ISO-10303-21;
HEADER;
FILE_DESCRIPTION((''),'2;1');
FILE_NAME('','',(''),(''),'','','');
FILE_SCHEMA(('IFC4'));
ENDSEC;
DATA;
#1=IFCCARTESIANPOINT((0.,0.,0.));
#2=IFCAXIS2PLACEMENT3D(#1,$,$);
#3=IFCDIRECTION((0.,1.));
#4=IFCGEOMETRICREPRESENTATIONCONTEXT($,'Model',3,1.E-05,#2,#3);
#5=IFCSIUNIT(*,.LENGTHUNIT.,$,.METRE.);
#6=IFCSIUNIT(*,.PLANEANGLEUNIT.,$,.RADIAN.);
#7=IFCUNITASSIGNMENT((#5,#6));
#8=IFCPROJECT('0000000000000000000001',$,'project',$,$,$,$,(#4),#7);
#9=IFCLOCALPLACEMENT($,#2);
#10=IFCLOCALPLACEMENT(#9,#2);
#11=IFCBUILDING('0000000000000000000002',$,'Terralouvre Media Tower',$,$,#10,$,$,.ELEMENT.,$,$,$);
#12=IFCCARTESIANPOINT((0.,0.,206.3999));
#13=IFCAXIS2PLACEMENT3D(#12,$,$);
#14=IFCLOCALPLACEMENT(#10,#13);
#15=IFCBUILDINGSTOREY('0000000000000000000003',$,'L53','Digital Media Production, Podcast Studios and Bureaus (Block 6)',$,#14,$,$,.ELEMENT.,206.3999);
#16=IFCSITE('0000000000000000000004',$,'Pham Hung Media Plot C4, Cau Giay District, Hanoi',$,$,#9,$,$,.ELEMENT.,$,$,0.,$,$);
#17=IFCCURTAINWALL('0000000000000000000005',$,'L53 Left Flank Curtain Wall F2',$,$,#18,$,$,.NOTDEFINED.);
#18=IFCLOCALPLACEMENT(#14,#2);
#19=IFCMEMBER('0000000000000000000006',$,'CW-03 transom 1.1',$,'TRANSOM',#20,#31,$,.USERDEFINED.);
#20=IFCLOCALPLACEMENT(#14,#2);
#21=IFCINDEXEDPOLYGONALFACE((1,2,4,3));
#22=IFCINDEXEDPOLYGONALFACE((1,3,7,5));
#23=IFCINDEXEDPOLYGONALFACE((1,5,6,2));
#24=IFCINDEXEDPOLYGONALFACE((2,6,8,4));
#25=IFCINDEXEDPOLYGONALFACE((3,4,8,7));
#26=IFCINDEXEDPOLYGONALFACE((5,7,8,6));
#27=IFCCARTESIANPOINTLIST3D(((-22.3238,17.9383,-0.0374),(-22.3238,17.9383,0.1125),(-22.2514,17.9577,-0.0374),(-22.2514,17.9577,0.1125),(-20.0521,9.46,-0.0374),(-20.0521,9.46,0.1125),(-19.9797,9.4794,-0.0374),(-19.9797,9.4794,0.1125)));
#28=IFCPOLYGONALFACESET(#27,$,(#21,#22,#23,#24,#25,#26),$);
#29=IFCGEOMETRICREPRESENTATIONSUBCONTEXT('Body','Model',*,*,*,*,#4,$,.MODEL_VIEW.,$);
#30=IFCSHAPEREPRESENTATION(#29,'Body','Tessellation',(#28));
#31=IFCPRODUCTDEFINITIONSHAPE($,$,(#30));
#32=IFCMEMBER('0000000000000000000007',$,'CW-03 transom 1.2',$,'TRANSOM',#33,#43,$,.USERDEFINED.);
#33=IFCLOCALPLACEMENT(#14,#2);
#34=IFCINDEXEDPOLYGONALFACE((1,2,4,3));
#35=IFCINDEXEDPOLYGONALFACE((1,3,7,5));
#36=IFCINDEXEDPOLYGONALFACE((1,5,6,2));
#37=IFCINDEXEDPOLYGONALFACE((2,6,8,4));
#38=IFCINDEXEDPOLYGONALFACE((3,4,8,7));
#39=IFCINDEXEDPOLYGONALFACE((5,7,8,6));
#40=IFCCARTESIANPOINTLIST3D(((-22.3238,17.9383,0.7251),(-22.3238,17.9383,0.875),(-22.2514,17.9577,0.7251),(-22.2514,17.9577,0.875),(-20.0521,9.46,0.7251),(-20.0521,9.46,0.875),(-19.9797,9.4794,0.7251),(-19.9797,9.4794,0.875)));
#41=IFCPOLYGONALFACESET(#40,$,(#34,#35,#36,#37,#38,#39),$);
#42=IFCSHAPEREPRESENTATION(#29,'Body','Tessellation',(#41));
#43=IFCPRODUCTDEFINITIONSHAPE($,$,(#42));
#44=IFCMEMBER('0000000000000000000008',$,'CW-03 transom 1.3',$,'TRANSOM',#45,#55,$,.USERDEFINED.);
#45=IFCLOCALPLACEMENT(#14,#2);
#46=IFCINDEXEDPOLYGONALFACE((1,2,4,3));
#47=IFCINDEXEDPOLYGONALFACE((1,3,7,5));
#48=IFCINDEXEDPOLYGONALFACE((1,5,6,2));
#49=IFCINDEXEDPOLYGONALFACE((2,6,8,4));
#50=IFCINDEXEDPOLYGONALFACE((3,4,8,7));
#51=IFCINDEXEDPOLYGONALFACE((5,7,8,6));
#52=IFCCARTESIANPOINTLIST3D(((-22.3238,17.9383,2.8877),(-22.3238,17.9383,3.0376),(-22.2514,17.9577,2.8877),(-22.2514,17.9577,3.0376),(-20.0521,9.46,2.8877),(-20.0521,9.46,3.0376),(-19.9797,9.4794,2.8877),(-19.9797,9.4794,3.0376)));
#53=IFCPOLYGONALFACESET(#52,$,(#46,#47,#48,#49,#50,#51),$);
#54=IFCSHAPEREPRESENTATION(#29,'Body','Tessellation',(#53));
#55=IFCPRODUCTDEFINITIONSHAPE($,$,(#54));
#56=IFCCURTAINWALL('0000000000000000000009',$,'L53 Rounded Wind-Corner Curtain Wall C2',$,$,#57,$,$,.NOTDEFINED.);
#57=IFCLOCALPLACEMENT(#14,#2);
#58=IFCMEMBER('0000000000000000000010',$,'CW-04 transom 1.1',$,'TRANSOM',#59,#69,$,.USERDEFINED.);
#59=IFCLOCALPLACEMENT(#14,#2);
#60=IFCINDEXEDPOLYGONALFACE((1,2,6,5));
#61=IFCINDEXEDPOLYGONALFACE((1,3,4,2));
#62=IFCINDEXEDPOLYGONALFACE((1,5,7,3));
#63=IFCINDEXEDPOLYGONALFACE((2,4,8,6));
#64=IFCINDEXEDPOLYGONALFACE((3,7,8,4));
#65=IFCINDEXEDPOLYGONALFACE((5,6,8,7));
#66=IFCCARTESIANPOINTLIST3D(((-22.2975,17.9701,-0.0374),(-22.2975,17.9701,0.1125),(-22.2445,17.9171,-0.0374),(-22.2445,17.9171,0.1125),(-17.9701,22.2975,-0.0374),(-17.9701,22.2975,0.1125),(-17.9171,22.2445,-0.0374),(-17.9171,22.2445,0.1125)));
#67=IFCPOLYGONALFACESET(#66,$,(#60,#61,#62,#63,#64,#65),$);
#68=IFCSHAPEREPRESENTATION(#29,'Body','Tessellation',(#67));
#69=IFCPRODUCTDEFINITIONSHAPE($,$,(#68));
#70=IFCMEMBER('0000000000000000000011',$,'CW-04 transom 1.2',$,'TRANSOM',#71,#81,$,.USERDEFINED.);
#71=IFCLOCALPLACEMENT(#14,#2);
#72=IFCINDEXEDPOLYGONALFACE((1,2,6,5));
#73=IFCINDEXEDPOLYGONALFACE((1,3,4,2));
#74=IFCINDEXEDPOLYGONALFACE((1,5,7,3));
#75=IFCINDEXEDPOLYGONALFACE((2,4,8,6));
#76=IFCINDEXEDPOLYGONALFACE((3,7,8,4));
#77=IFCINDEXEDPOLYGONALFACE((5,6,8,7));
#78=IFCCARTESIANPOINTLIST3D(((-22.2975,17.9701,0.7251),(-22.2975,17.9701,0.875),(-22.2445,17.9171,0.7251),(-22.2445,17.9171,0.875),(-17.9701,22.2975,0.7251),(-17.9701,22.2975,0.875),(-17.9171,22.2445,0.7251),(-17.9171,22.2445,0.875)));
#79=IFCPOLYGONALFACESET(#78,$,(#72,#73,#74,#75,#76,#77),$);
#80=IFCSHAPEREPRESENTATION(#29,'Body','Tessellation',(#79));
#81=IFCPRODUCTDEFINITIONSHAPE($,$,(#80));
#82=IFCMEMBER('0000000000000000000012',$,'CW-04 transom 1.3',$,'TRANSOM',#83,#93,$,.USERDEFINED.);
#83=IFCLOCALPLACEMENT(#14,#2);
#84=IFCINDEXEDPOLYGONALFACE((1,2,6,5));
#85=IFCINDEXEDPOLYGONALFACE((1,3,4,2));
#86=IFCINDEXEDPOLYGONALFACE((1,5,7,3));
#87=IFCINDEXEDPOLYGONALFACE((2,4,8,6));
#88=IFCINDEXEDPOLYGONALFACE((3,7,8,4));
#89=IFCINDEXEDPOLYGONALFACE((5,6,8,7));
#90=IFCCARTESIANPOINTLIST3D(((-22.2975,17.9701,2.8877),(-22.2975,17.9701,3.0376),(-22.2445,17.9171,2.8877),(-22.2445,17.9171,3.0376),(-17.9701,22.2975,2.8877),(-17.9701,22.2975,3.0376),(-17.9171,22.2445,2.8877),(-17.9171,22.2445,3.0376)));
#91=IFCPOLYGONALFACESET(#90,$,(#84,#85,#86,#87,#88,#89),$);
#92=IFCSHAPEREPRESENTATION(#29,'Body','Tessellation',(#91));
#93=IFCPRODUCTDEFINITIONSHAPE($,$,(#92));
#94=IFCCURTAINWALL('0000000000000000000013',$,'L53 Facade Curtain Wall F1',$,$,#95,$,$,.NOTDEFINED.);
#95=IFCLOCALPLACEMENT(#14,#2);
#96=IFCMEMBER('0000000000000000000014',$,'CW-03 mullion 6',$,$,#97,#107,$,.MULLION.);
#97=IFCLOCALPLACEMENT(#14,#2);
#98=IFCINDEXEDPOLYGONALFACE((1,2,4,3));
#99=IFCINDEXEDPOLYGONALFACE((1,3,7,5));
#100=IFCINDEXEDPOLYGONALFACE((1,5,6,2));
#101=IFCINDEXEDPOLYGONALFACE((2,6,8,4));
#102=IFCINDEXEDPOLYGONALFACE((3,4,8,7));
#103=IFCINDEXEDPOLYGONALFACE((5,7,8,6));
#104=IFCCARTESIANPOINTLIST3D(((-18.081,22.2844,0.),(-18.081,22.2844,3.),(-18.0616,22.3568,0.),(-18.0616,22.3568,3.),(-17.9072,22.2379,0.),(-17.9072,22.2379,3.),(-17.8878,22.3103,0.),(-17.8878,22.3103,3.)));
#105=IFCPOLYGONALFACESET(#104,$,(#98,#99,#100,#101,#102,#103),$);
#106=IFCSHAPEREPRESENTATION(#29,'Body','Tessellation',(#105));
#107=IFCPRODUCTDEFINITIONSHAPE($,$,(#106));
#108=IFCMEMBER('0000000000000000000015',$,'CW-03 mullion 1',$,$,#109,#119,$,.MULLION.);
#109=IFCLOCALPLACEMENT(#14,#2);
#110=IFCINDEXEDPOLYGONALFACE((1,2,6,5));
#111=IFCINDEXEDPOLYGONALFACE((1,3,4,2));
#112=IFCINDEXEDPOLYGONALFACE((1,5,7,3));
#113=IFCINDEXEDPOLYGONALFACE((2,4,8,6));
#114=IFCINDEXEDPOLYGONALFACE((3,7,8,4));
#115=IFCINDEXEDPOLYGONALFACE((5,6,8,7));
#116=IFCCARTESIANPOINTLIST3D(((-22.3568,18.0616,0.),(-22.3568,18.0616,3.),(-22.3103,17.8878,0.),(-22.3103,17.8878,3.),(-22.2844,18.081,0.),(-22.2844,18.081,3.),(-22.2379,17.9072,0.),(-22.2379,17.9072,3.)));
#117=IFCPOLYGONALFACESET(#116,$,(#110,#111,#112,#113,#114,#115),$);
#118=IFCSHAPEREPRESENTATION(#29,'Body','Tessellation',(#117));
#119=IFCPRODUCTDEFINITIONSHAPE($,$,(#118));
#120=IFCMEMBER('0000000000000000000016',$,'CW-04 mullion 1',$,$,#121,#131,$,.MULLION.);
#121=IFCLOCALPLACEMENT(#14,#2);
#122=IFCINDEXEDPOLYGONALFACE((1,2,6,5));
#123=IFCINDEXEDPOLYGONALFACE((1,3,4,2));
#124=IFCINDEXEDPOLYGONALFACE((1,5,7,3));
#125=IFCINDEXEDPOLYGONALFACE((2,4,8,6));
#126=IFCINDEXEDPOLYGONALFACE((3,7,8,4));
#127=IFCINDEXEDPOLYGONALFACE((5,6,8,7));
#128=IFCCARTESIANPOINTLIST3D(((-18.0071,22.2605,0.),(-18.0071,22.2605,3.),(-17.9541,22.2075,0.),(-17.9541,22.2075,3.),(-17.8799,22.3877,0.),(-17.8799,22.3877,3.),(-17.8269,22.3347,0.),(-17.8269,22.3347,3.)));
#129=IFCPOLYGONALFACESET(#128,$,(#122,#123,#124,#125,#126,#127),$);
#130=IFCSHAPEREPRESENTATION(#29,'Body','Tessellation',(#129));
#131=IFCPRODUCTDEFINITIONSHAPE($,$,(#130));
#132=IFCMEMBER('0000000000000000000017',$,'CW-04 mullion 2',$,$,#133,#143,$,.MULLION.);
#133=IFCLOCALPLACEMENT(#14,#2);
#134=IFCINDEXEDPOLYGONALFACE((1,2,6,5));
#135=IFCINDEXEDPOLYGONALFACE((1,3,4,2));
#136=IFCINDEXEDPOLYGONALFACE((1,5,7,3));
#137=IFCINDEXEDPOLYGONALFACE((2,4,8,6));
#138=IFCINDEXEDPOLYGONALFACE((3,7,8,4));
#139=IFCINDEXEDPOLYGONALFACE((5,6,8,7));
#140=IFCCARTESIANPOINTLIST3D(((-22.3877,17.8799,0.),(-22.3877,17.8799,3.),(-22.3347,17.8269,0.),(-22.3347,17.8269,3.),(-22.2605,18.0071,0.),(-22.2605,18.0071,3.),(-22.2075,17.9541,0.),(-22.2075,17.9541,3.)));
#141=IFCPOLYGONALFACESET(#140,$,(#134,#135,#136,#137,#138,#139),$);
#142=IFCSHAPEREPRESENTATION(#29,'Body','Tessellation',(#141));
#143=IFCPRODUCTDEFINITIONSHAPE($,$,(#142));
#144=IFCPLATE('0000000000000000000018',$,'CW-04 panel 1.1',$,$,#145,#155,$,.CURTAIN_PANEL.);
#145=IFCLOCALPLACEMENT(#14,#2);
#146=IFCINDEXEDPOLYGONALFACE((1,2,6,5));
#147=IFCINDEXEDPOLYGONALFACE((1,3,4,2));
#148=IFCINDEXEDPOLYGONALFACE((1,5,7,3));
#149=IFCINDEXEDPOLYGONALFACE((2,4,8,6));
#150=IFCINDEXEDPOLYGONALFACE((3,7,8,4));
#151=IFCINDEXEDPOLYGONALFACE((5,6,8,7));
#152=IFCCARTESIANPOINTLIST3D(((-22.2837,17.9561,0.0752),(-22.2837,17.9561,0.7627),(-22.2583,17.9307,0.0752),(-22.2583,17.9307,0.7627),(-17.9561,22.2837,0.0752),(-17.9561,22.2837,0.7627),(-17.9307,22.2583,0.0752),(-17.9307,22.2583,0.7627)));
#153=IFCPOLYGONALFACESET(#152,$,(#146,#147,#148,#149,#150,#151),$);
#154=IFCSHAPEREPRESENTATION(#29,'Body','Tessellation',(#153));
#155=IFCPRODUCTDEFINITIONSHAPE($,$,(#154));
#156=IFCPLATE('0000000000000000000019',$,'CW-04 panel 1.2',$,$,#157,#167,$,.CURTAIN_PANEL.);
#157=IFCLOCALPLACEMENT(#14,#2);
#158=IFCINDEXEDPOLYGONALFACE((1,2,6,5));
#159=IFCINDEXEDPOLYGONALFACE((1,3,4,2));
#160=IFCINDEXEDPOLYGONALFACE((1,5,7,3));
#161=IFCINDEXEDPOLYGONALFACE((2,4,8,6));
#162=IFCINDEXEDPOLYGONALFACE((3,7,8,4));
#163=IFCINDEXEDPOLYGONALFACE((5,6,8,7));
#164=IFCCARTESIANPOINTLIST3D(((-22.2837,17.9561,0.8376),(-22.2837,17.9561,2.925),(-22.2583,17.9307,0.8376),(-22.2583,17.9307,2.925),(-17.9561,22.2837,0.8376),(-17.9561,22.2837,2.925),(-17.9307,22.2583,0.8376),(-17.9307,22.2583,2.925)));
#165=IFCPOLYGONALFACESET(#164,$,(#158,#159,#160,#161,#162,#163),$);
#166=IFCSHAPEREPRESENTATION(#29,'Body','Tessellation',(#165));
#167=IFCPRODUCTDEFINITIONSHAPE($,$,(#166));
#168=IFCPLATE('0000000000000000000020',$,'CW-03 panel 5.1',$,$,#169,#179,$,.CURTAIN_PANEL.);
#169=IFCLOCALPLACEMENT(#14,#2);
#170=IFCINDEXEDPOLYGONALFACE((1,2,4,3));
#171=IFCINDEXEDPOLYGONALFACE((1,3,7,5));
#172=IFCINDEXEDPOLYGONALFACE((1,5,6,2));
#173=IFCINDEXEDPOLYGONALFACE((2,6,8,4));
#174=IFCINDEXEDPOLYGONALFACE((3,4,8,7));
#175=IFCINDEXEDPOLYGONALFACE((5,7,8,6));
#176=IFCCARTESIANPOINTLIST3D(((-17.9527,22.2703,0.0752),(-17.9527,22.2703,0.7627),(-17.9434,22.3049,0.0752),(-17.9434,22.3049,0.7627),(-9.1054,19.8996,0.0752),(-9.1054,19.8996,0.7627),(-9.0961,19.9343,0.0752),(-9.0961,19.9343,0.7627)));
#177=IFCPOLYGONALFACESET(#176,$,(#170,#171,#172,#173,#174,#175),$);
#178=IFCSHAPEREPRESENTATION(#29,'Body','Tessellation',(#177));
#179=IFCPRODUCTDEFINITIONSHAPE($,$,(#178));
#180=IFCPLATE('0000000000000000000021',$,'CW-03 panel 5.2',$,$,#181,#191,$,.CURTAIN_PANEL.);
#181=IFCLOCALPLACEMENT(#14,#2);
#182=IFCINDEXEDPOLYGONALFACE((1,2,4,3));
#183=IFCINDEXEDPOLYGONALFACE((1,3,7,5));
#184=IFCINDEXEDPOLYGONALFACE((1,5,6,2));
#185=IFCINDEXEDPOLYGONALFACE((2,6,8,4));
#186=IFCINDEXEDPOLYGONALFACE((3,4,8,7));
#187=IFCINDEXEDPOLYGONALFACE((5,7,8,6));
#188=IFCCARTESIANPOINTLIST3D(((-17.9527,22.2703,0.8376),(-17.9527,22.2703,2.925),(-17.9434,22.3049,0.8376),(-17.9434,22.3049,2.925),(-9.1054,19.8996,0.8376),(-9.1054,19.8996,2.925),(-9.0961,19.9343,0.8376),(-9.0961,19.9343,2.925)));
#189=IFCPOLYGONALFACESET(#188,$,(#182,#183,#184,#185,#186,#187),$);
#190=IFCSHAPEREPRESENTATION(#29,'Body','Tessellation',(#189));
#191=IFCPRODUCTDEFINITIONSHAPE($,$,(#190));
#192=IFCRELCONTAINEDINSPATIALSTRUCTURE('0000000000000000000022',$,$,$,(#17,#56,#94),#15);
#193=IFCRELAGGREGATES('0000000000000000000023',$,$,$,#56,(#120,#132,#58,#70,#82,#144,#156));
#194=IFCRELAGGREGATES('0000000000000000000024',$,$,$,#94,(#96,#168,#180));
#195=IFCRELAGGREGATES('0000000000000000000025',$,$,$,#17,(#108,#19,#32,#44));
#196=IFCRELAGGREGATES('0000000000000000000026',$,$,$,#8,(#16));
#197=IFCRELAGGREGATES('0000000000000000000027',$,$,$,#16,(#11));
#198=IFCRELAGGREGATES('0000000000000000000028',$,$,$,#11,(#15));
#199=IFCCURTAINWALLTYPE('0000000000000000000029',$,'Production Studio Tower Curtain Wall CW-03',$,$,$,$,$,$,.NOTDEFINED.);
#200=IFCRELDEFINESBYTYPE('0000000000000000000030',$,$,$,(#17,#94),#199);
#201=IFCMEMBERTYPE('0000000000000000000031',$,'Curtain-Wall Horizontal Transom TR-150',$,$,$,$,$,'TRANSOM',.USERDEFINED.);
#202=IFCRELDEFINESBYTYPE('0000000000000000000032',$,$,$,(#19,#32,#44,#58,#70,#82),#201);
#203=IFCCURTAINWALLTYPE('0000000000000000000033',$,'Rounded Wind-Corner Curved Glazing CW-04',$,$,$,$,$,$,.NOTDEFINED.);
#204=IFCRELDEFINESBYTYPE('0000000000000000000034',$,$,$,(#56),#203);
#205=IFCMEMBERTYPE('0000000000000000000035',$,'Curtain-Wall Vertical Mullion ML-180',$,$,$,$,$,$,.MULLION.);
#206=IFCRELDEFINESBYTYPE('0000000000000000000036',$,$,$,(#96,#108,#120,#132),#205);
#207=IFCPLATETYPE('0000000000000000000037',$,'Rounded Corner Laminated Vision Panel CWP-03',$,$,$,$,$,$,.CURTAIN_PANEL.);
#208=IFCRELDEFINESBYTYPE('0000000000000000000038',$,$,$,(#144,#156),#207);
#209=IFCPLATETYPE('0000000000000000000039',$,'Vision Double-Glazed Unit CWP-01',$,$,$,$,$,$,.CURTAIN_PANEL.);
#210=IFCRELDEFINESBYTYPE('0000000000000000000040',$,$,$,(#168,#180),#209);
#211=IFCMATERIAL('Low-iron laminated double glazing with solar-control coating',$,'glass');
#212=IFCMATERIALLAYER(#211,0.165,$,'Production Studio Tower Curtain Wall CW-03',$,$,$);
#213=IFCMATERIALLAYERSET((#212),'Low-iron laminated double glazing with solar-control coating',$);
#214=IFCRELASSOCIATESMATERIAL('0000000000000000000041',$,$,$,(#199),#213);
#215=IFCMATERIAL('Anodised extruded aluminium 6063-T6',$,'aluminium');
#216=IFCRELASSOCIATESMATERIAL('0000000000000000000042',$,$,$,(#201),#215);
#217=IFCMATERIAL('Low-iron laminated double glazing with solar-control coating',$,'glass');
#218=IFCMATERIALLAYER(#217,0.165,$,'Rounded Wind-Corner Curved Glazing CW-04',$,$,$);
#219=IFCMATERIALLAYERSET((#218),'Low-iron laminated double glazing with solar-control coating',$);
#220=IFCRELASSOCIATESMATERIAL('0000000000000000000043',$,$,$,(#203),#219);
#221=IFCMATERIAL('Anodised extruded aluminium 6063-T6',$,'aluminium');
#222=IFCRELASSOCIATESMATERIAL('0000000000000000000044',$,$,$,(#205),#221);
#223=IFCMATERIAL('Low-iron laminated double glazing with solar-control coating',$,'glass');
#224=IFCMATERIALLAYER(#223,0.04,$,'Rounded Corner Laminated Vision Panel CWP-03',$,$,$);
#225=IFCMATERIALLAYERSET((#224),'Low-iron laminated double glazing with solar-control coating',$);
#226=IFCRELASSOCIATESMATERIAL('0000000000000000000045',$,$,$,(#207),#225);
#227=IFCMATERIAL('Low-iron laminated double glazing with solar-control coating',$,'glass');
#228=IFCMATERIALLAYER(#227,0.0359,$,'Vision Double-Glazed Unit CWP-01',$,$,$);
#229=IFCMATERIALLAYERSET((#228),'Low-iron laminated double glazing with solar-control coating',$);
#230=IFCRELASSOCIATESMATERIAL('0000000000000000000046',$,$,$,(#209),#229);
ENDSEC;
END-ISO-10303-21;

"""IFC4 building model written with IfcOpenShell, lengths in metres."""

from ifc_helpers import new_model, si_unit, direction, frame, origin, origin_2d, place, context, subcontext, project, spatial, rectangle, extrude, material, layer, layer_set, material_profile, profile_set, type_object, element, aggregate, save


model = new_model("IFC4")

# Units and contexts
model_context = context("Model", 3, precision=1e-05, world=origin(), true_north=direction((0.0, 1.0)))
body_context = subcontext(model_context, "Body", "Model", "MODEL_VIEW")
ifc_project = project(units=[si_unit("LENGTHUNIT", "METRE"), si_unit("PLANEANGLEUNIT", "RADIAN")], contexts=[model_context])

# Site, building, storey
site_placement = place(None, origin())
site = spatial("IfcSite", under=ifc_project, at=site_placement, Name="Pham Hung Media Plot C4, Cau Giay District, Hanoi", CompositionType="ELEMENT", RefElevation=0.0)
building_placement = place(site_placement, origin())
building = spatial("IfcBuilding", under=site, at=building_placement, Name="Terralouvre Media Tower", CompositionType="ELEMENT")
storey_placement = place(building_placement, frame((0.0, 0.0, 206.3999)))
storey = spatial("IfcBuildingStorey", under=building, at=storey_placement, Name="L53", Description="Digital Media Production, Podcast Studios and Bureaus (Block 6)", CompositionType="ELEMENT", Elevation=206.3999)

# Curtain walls, members
ifc_material_1 = material(Name="Low-iron laminated double glazing with solar-control coating", Category="glass")
ifc_layer_1 = layer(ifc_material_1, 0.165, Name="Production Studio Tower Curtain Wall CW-03")
ifc_layer_set_1 = layer_set([ifc_layer_1], Name="Low-iron laminated double glazing with solar-control coating")
curtain_wall_type_1 = type_object("IfcCurtainWallType", Name="Production Studio Tower Curtain Wall CW-03", PredefinedType="NOTDEFINED", material=ifc_layer_set_1)
curtain_wall_1_placement = place(storey_placement, origin())
curtain_wall_1 = element("IfcCurtainWall", 1, at=curtain_wall_1_placement, inside=storey, type_object=curtain_wall_type_1, Name="L53 Left Flank Curtain Wall F2", PredefinedType="NOTDEFINED")
ifc_material_2 = material(Name="Anodised extruded aluminium 6063-T6", Category="aluminium")
ifc_material_profile_1 = material_profile(ifc_material_2, rectangle(XDim=0.075, YDim=0.1499, at=origin_2d()), Name="ALU 75x150")
ifc_profile_set_1 = profile_set([ifc_material_profile_1], Name="Anodised extruded aluminium 6063-T6")
member_type_1 = type_object("IfcMemberType", Name="Curtain-Wall Horizontal Transom TR-150", ElementType="TRANSOM", PredefinedType="USERDEFINED", material=ifc_profile_set_1)
member_1_placement = place(storey_placement, frame((-22.2876, 17.948, 0.0376), z_axis=(0.258817, -0.965926, 0.0), x_axis=(0.965926, 0.258817, 0.0)))
member_1 = element("IfcMember", 2, at=member_1_placement, type_object=member_type_1, Name="CW-03 transom 1.1", ObjectType="TRANSOM", PredefinedType="USERDEFINED", context=body_context, shape_type="SweptSolid", body=[
    extrude(rectangle(XDim=0.075, YDim=0.1499, at=origin_2d()), origin(), (0.0, 0.0, 1.0), 8.7773),
])
member_2_placement = place(storey_placement, frame((-22.2876, 17.948, 0.8), z_axis=(0.258817, -0.965926, 0.0), x_axis=(0.965926, 0.258817, 0.0)))
member_2 = element("IfcMember", 3, at=member_2_placement, type_object=member_type_1, Name="CW-03 transom 1.2", ObjectType="TRANSOM", PredefinedType="USERDEFINED", context=body_context, shape_type="SweptSolid", body=[
    extrude(rectangle(XDim=0.075, YDim=0.1499, at=origin_2d()), origin(), (0.0, 0.0, 1.0), 8.7773),
])
member_3_placement = place(storey_placement, frame((-22.2876, 17.948, 2.9626), z_axis=(0.258817, -0.965926, 0.0), x_axis=(0.965926, 0.258817, 0.0)))
member_3 = element("IfcMember", 4, at=member_3_placement, type_object=member_type_1, Name="CW-03 transom 1.3", ObjectType="TRANSOM", PredefinedType="USERDEFINED", context=body_context, shape_type="SweptSolid", body=[
    extrude(rectangle(XDim=0.075, YDim=0.1499, at=origin_2d()), origin(), (0.0, 0.0, 1.0), 8.7773),
])
ifc_material_3 = material(Name="Low-iron laminated double glazing with solar-control coating", Category="glass")
ifc_layer_2 = layer(ifc_material_3, 0.165, Name="Rounded Wind-Corner Curved Glazing CW-04")
ifc_layer_set_2 = layer_set([ifc_layer_2], Name="Low-iron laminated double glazing with solar-control coating")
curtain_wall_type_2 = type_object("IfcCurtainWallType", Name="Rounded Wind-Corner Curved Glazing CW-04", PredefinedType="NOTDEFINED", material=ifc_layer_set_2)
curtain_wall_2_placement = place(storey_placement, origin())
curtain_wall_2 = element("IfcCurtainWall", 5, at=curtain_wall_2_placement, inside=storey, type_object=curtain_wall_type_2, Name="L53 Rounded Wind-Corner Curtain Wall C2", PredefinedType="NOTDEFINED")
member_4_placement = place(storey_placement, frame((-17.9436, 22.271, 0.0376), z_axis=(-0.707107, -0.707107, 0.0), x_axis=(0.707107, -0.707107, 0.0)))
member_4 = element("IfcMember", 6, at=member_4_placement, type_object=member_type_1, Name="CW-04 transom 1.1", ObjectType="TRANSOM", PredefinedType="USERDEFINED", context=body_context, shape_type="SweptSolid", body=[
    extrude(rectangle(XDim=0.075, YDim=0.1499, at=origin_2d()), origin(), (0.0, 0.0, 1.0), 6.1199),
])
member_5_placement = place(storey_placement, frame((-17.9436, 22.271, 0.8), z_axis=(-0.707107, -0.707107, 0.0), x_axis=(0.707107, -0.707107, 0.0)))
member_5 = element("IfcMember", 7, at=member_5_placement, type_object=member_type_1, Name="CW-04 transom 1.2", ObjectType="TRANSOM", PredefinedType="USERDEFINED", context=body_context, shape_type="SweptSolid", body=[
    extrude(rectangle(XDim=0.075, YDim=0.1499, at=origin_2d()), origin(), (0.0, 0.0, 1.0), 6.1199),
])
member_6_placement = place(storey_placement, frame((-17.9436, 22.271, 2.9626), z_axis=(-0.707107, -0.707107, 0.0), x_axis=(0.707107, -0.707107, 0.0)))
member_6 = element("IfcMember", 8, at=member_6_placement, type_object=member_type_1, Name="CW-04 transom 1.3", ObjectType="TRANSOM", PredefinedType="USERDEFINED", context=body_context, shape_type="SweptSolid", body=[
    extrude(rectangle(XDim=0.075, YDim=0.1499, at=origin_2d()), origin(), (0.0, 0.0, 1.0), 6.1199),
])

# Curtain wall, member
curtain_wall_3_placement = place(storey_placement, origin())
curtain_wall_3 = element("IfcCurtainWall", 9, at=curtain_wall_3_placement, inside=storey, type_object=curtain_wall_type_1, Name="L53 Facade Curtain Wall F1", PredefinedType="NOTDEFINED")
ifc_material_4 = material(Name="Anodised extruded aluminium 6063-T6", Category="aluminium")
ifc_material_profile_2 = material_profile(ifc_material_4, rectangle(XDim=0.075, YDim=0.1799, at=origin_2d()), Name="ALU 75x180")
ifc_profile_set_2 = profile_set([ifc_material_profile_2], Name="Anodised extruded aluminium 6063-T6")
member_type_2 = type_object("IfcMemberType", Name="Curtain-Wall Vertical Mullion ML-180", PredefinedType="MULLION", material=ifc_profile_set_2)
member_7_placement = place(storey_placement, frame((-17.9844, 22.2974, 0.0), z_axis=(0.0, 0.0, 1.0), x_axis=(-0.258819, -0.965926, 0.0)))
member_7 = element("IfcMember", 10, at=member_7_placement, type_object=member_type_2, Name="CW-03 mullion 6", PredefinedType="MULLION", context=body_context, shape_type="SweptSolid", body=[
    extrude(rectangle(XDim=0.075, YDim=0.1799, at=origin_2d()), origin(), (0.0, 0.0, 1.0), 3.0),
])

# Members
member_8_placement = place(storey_placement, frame((-22.2974, 17.9844, 0.0), z_axis=(0.0, 0.0, 1.0), x_axis=(0.965926, 0.258819, 0.0)))
member_8 = element("IfcMember", 11, at=member_8_placement, type_object=member_type_2, Name="CW-03 mullion 1", PredefinedType="MULLION", context=body_context, shape_type="SweptSolid", body=[
    extrude(rectangle(XDim=0.075, YDim=0.1799, at=origin_2d()), origin(), (0.0, 0.0, 1.0), 3.0),
])
member_9_placement = place(storey_placement, frame((-17.917, 22.2976, 0.0), z_axis=(0.0, 0.0, 1.0), x_axis=(0.707107, -0.707107, 0.0)))
member_9 = element("IfcMember", 12, at=member_9_placement, type_object=member_type_2, Name="CW-04 mullion 1", PredefinedType="MULLION", context=body_context, shape_type="SweptSolid", body=[
    extrude(rectangle(XDim=0.075, YDim=0.1799, at=origin_2d()), origin(), (0.0, 0.0, 1.0), 3.0),
])
member_10_placement = place(storey_placement, frame((-22.2976, 17.917, 0.0), z_axis=(0.0, 0.0, 1.0), x_axis=(0.707107, -0.707107, 0.0)))
member_10 = element("IfcMember", 13, at=member_10_placement, type_object=member_type_2, Name="CW-04 mullion 2", PredefinedType="MULLION", context=body_context, shape_type="SweptSolid", body=[
    extrude(rectangle(XDim=0.075, YDim=0.1799, at=origin_2d()), origin(), (0.0, 0.0, 1.0), 3.0),
])

# Plates
ifc_material_5 = material(Name="Low-iron laminated double glazing with solar-control coating", Category="glass")
ifc_layer_3 = layer(ifc_material_5, 0.04, Name="Rounded Corner Laminated Vision Panel CWP-03")
ifc_layer_set_3 = layer_set([ifc_layer_3], Name="Low-iron laminated double glazing with solar-control coating")
plate_type_1 = type_object("IfcPlateType", Name="Rounded Corner Laminated Vision Panel CWP-03", PredefinedType="CURTAIN_PANEL", material=ifc_layer_set_3)
plate_1_placement = place(storey_placement, frame((-20.1072, 20.1072, 0.0752), z_axis=(0.0, 0.0, 1.0), x_axis=(-0.707107, -0.707107, 0.0)))
plate_1 = element("IfcPlate", 14, at=plate_1_placement, type_object=plate_type_1, Name="CW-04 panel 1.1", PredefinedType="CURTAIN_PANEL", context=body_context, shape_type="SweptSolid", body=[
    extrude(rectangle(XDim=6.1201, YDim=0.0359, at=origin_2d()), origin(), (0.0, 0.0, 1.0), 0.6875),
])
plate_2_placement = place(storey_placement, frame((-20.1072, 20.1072, 0.8376), z_axis=(0.0, 0.0, 1.0), x_axis=(-0.707107, -0.707107, 0.0)))
plate_2 = element("IfcPlate", 15, at=plate_2_placement, type_object=plate_type_1, Name="CW-04 panel 1.2", PredefinedType="CURTAIN_PANEL", context=body_context, shape_type="SweptSolid", body=[
    extrude(rectangle(XDim=6.1201, YDim=0.0359, at=origin_2d()), origin(), (0.0, 0.0, 1.0), 2.0874),
])
aggregate(curtain_wall_2, [member_9, member_10, member_4, member_5, member_6, plate_1, plate_2])
ifc_material_6 = material(Name="Low-iron laminated double glazing with solar-control coating", Category="glass")
ifc_layer_4 = layer(ifc_material_6, 0.0359, Name="Vision Double-Glazed Unit CWP-01")
ifc_layer_set_4 = layer_set([ifc_layer_4], Name="Low-iron laminated double glazing with solar-control coating")
plate_type_2 = type_object("IfcPlateType", Name="Vision Double-Glazed Unit CWP-01", PredefinedType="CURTAIN_PANEL", material=ifc_layer_set_4)
plate_3_placement = place(storey_placement, frame((-13.5244, 21.1023, 0.0752), z_axis=(0.0, 0.0, 1.0), x_axis=(-0.965926, 0.258819, 0.0)))
plate_3 = element("IfcPlate", 16, at=plate_3_placement, type_object=plate_type_2, Name="CW-03 panel 5.1", PredefinedType="CURTAIN_PANEL", context=body_context, shape_type="SweptSolid", body=[
    extrude(rectangle(XDim=9.1594, YDim=0.0359, at=origin_2d()), origin(), (0.0, 0.0, 1.0), 0.6875),
])
plate_4_placement = place(storey_placement, frame((-13.5244, 21.1023, 0.8376), z_axis=(0.0, 0.0, 1.0), x_axis=(-0.965926, 0.258819, 0.0)))
plate_4 = element("IfcPlate", 17, at=plate_4_placement, type_object=plate_type_2, Name="CW-03 panel 5.2", PredefinedType="CURTAIN_PANEL", context=body_context, shape_type="SweptSolid", body=[
    extrude(rectangle(XDim=9.1594, YDim=0.0359, at=origin_2d()), origin(), (0.0, 0.0, 1.0), 2.0874),
])
aggregate(curtain_wall_3, [member_7, plate_3, plate_4])
aggregate(curtain_wall_1, [member_8, member_1, member_2, member_3])

save(model, "model.ifc")
